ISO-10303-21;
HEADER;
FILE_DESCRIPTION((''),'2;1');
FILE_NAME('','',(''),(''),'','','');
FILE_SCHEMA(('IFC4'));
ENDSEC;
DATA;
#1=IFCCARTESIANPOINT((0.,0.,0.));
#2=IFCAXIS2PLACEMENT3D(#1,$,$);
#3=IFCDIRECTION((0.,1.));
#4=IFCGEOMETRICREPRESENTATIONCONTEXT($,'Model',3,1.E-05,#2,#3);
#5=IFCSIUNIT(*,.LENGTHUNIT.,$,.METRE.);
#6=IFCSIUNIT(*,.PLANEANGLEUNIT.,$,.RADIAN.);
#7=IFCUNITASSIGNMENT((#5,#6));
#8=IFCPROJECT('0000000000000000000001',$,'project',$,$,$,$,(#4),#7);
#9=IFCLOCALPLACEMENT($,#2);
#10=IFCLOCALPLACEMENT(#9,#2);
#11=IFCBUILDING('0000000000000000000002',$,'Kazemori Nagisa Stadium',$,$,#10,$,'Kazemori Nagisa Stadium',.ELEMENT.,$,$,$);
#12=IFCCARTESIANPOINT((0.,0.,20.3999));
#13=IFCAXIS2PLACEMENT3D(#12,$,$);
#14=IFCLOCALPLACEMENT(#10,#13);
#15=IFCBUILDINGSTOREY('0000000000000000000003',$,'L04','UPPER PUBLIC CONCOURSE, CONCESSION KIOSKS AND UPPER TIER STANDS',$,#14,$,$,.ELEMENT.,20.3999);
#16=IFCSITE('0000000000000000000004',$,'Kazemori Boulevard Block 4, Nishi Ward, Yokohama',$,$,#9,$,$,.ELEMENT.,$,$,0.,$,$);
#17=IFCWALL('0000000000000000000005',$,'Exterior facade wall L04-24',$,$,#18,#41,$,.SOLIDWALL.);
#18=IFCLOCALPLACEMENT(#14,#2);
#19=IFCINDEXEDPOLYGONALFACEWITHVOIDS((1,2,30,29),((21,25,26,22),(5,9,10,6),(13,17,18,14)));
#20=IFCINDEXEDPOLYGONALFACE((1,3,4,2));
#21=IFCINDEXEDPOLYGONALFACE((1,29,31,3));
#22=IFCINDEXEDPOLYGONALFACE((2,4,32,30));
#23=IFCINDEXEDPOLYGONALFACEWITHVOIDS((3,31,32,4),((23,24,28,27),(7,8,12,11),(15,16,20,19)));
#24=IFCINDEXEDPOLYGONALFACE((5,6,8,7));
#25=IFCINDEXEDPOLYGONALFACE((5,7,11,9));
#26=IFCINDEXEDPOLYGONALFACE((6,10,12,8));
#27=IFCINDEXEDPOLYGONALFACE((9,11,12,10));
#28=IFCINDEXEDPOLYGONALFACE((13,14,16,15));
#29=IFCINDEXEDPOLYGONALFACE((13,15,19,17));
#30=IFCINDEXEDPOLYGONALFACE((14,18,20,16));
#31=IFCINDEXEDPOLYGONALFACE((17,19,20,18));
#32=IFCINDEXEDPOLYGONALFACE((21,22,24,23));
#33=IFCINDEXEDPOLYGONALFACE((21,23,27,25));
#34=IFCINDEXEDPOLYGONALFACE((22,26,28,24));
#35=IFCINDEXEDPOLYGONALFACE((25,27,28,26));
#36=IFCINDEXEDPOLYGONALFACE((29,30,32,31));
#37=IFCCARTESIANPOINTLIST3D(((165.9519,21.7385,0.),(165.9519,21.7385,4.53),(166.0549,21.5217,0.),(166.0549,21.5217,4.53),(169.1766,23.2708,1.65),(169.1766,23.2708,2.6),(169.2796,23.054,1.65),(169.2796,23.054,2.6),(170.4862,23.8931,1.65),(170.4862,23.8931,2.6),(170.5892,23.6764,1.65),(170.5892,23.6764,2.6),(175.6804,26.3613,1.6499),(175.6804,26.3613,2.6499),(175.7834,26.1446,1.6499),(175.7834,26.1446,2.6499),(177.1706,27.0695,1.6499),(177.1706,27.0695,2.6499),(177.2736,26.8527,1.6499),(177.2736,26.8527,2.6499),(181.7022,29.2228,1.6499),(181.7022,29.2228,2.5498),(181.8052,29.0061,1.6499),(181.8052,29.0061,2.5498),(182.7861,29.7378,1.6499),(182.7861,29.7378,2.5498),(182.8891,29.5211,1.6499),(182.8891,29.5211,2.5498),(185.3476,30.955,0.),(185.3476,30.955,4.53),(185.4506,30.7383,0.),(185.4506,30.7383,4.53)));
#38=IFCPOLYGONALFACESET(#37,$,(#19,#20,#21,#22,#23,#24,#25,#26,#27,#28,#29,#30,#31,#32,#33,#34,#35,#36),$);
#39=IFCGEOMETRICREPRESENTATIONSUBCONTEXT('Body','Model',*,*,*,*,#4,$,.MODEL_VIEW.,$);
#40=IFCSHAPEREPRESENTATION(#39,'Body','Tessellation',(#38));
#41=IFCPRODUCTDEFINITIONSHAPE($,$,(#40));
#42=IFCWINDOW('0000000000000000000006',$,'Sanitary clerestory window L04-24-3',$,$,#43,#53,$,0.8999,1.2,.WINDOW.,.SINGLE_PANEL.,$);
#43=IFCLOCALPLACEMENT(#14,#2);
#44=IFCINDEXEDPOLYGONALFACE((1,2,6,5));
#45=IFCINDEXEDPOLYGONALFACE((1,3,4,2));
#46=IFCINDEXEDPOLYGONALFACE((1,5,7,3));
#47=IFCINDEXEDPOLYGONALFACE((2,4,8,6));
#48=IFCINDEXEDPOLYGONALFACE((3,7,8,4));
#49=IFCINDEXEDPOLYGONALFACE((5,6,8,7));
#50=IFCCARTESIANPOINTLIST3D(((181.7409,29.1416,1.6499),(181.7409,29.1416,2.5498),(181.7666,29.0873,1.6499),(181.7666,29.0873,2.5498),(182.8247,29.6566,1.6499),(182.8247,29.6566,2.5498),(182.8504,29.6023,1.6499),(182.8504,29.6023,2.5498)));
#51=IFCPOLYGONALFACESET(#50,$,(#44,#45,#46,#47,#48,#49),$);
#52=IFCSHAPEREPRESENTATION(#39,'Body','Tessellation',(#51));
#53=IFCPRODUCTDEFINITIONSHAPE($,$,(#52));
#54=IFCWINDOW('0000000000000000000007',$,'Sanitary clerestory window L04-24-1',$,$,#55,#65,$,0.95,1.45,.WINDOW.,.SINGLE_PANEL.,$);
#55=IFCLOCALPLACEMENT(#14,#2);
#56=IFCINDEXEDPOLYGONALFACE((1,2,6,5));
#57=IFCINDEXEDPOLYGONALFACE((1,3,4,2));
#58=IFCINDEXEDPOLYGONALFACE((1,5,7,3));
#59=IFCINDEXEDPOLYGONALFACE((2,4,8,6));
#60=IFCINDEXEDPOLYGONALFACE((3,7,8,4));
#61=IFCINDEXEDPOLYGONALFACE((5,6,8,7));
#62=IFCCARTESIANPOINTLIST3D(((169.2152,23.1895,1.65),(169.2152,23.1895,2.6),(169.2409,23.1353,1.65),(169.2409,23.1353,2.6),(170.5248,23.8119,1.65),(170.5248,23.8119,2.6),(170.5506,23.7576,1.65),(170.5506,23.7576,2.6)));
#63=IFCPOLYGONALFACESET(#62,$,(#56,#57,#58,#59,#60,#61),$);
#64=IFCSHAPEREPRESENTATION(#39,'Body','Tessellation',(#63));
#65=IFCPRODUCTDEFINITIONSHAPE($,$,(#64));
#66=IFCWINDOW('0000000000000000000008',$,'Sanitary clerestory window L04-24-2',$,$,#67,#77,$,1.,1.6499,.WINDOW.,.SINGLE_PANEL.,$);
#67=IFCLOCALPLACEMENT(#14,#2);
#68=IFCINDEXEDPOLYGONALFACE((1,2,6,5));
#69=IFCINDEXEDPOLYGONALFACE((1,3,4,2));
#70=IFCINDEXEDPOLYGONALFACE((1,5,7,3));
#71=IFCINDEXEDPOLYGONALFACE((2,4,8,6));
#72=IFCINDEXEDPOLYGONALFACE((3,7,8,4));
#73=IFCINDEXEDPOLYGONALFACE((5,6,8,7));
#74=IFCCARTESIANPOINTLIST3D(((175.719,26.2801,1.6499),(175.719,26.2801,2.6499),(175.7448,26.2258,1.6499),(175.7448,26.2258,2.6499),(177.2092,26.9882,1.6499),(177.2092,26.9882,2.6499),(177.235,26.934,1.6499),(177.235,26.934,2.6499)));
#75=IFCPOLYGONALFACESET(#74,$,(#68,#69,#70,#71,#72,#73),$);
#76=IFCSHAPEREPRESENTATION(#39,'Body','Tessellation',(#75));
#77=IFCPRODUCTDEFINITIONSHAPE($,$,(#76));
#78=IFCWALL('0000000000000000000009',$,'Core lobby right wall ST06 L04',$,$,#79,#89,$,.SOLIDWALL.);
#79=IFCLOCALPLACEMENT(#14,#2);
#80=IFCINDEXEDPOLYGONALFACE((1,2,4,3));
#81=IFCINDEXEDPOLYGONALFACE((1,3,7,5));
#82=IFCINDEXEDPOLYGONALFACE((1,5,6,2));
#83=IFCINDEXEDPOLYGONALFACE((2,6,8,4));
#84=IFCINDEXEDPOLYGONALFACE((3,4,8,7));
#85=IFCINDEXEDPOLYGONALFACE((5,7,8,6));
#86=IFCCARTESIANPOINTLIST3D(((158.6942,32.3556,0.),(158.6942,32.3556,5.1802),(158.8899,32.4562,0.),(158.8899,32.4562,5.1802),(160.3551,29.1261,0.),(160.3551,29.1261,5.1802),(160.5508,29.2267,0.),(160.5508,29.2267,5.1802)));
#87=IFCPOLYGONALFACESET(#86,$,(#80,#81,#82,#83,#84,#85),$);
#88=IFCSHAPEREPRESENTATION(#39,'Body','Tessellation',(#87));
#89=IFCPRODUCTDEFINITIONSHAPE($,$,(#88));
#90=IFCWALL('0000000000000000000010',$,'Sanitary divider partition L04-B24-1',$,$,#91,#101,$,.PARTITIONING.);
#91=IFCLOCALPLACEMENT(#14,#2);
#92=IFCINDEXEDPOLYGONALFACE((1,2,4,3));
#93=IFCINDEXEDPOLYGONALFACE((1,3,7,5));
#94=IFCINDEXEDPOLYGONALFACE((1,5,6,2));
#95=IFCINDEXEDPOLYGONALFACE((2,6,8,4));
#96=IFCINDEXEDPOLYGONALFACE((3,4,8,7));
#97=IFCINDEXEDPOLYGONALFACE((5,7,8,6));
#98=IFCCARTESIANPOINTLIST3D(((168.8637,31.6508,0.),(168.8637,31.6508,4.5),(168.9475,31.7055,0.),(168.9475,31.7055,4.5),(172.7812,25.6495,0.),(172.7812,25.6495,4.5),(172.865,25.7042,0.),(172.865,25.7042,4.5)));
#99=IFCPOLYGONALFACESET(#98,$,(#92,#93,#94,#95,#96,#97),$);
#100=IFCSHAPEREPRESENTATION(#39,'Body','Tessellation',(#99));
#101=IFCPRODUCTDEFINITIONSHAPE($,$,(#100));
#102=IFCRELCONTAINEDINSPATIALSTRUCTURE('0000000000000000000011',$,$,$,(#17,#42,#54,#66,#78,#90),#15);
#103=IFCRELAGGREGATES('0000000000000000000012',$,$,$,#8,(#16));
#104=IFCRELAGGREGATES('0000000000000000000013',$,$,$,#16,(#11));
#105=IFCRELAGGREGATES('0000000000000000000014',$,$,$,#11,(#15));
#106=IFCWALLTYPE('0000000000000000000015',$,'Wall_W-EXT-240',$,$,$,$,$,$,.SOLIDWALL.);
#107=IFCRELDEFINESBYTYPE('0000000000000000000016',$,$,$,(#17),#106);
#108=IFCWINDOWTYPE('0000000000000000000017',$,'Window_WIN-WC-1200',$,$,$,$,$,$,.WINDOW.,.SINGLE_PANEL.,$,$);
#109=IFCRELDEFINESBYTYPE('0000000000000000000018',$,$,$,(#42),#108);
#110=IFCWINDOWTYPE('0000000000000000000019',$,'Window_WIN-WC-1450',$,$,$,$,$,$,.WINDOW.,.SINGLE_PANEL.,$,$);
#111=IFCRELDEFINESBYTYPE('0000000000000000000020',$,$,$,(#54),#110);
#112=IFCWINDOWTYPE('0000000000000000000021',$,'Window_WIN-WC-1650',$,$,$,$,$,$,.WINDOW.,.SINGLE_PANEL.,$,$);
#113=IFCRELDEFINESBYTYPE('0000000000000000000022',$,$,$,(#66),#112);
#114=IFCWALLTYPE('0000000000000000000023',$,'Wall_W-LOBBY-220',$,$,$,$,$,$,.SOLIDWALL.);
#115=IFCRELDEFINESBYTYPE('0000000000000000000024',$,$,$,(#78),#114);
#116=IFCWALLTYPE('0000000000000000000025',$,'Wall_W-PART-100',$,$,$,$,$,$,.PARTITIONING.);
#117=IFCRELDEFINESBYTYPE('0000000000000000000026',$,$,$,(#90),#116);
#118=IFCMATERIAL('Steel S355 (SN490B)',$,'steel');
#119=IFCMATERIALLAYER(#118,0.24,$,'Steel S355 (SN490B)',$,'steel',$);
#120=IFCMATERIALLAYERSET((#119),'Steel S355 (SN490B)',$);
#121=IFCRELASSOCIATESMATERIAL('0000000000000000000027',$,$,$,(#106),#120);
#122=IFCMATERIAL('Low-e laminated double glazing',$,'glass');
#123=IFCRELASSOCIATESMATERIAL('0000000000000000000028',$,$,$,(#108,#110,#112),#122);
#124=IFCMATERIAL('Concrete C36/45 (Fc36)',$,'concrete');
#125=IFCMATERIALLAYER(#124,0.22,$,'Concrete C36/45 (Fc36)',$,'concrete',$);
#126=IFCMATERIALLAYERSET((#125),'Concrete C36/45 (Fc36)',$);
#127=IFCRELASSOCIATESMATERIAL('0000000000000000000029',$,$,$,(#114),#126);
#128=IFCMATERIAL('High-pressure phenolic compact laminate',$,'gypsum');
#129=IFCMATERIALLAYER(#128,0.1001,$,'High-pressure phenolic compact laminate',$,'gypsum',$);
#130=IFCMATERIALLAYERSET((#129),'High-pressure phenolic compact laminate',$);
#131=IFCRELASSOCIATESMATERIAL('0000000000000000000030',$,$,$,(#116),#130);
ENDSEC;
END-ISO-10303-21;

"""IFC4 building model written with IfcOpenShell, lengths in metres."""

from ifc_helpers import new_model, si_unit, direction, frame, frame_2d, origin, place, context, subcontext, project, spatial, rectangle, extrude, material, layer, layer_set, type_object, element, fill, save


model = new_model("IFC4")

# Units and contexts
model_context = context("Model", 3, precision=1e-05, world=origin(), true_north=direction((0.0, 1.0)))
body_context = subcontext(model_context, "Body", "Model", "MODEL_VIEW")
ifc_project = project(units=[si_unit("LENGTHUNIT", "METRE"), si_unit("PLANEANGLEUNIT", "RADIAN")], contexts=[model_context])

# Site, building, storey
site_placement = place(None, origin())
site = spatial("IfcSite", under=ifc_project, at=site_placement, Name="Kazemori Boulevard Block 4, Nishi Ward, Yokohama", CompositionType="ELEMENT", RefElevation=0.0)
building_placement = place(site_placement, origin())
building = spatial("IfcBuilding", under=site, at=building_placement, Name="Kazemori Nagisa Stadium", LongName="Kazemori Nagisa Stadium", CompositionType="ELEMENT")
storey_placement = place(building_placement, frame((0.0, 0.0, 20.3999)))
storey = spatial("IfcBuildingStorey", under=building, at=storey_placement, Name="L04", Description="UPPER PUBLIC CONCOURSE, CONCESSION KIOSKS AND UPPER TIER STANDS", CompositionType="ELEMENT", Elevation=20.3999)

# Shared definitions
ifc_material_1 = material(Name="Low-e laminated double glazing", Category="glass")

# Wall, openings, windows
ifc_material_2 = material(Name="Steel S355 (SN490B)", Category="steel")
ifc_layer_1 = layer(ifc_material_2, 0.24, Name="Steel S355 (SN490B)", Category="steel")
ifc_layer_set_1 = layer_set([ifc_layer_1], Name="Steel S355 (SN490B)")
wall_type_1 = type_object("IfcWallType", Name="Wall_W-EXT-240", PredefinedType="SOLIDWALL", material=ifc_layer_set_1)
wall_1_placement = place(storey_placement, frame((166.0034, 21.6301, 0.0), z_axis=(0.0, 0.0, 1.0), x_axis=(0.903213, 0.429192, 0.0)))
wall_1 = element("IfcWall", 1, at=wall_1_placement, inside=storey, type_object=wall_type_1, Name="Exterior facade wall L04-24", PredefinedType="SOLIDWALL", context=body_context, shape_type="SweptSolid", body=[
    extrude(rectangle(XDim=21.4741, YDim=0.24, at=frame_2d((10.7371, 0.0))), origin(), (0.0, 0.0, 1.0), 4.53),
])
opening_1_placement = place(wall_1_placement, frame((3.5701, 0.0, 1.6499)))
opening_1 = element("IfcOpeningElement", 2, at=opening_1_placement, cuts=wall_1, PredefinedType="OPENING", context=body_context, shape_type="SweptSolid", body=[
    extrude(rectangle(XDim=1.45, YDim=0.95, at=frame_2d((0.7251, 0.4751))), frame((0.0, 0.1299, 0.0), z_axis=(0.0, -1.0, 0.0), x_axis=(1.0, 0.0, 0.0)), (0.0, 0.0, 1.0), 0.26),
])
opening_2_placement = place(wall_1_placement, frame((10.771, 0.0, 1.6499)))
opening_2 = element("IfcOpeningElement", 3, at=opening_2_placement, cuts=wall_1, PredefinedType="OPENING", context=body_context, shape_type="SweptSolid", body=[
    extrude(rectangle(XDim=1.6499, YDim=1.0, at=frame_2d((0.825, 0.5))), frame((0.0, 0.1299, 0.0), z_axis=(0.0, -1.0, 0.0), x_axis=(1.0, 0.0, 0.0)), (0.0, 0.0, 1.0), 0.26),
])
opening_3_placement = place(wall_1_placement, frame((17.438, 0.0, 1.6499)))
opening_3 = element("IfcOpeningElement", 4, at=opening_3_placement, cuts=wall_1, PredefinedType="OPENING", context=body_context, shape_type="SweptSolid", body=[
    extrude(rectangle(XDim=1.2, YDim=0.8999, at=frame_2d((0.6001, 0.45))), frame((0.0, 0.1299, 0.0), z_axis=(0.0, -1.0, 0.0), x_axis=(1.0, 0.0, 0.0)), (0.0, 0.0, 1.0), 0.26),
])
window_type_1 = type_object("IfcWindowType", Name="Window_WIN-WC-1200", PartitioningType="SINGLE_PANEL", PredefinedType="WINDOW", material=ifc_material_1)
window_1_placement = place(opening_3_placement, origin())
window_1 = element("IfcWindow", 5, at=window_1_placement, inside=storey, type_object=window_type_1, Name="Sanitary clerestory window L04-24-3", OverallHeight=0.8999, OverallWidth=1.2, PartitioningType="SINGLE_PANEL", PredefinedType="WINDOW", context=body_context, shape_type="SweptSolid", body=[
    extrude(rectangle(XDim=1.2, YDim=0.8999, at=frame_2d((0.6001, 0.45))), frame((0.0, 0.03, 0.0), z_axis=(0.0, -1.0, 0.0), x_axis=(1.0, 0.0, 0.0)), (0.0, 0.0, 1.0), 0.0601),
])
fill(opening_3, window_1)
window_type_2 = type_object("IfcWindowType", Name="Window_WIN-WC-1450", PartitioningType="SINGLE_PANEL", PredefinedType="WINDOW", material=ifc_material_1)
window_2_placement = place(opening_1_placement, origin())
window_2 = element("IfcWindow", 6, at=window_2_placement, inside=storey, type_object=window_type_2, Name="Sanitary clerestory window L04-24-1", OverallHeight=0.95, OverallWidth=1.45, PartitioningType="SINGLE_PANEL", PredefinedType="WINDOW", context=body_context, shape_type="SweptSolid", body=[
    extrude(rectangle(XDim=1.45, YDim=0.95, at=frame_2d((0.7251, 0.4751))), frame((0.0, 0.03, 0.0), z_axis=(0.0, -1.0, 0.0), x_axis=(1.0, 0.0, 0.0)), (0.0, 0.0, 1.0), 0.0601),
])
fill(opening_1, window_2)
window_type_3 = type_object("IfcWindowType", Name="Window_WIN-WC-1650", PartitioningType="SINGLE_PANEL", PredefinedType="WINDOW", material=ifc_material_1)
window_3_placement = place(opening_2_placement, origin())
window_3 = element("IfcWindow", 7, at=window_3_placement, inside=storey, type_object=window_type_3, Name="Sanitary clerestory window L04-24-2", OverallHeight=1.0, OverallWidth=1.6499, PartitioningType="SINGLE_PANEL", PredefinedType="WINDOW", context=body_context, shape_type="SweptSolid", body=[
    extrude(rectangle(XDim=1.6499, YDim=1.0, at=frame_2d((0.825, 0.5))), frame((0.0, 0.03, 0.0), z_axis=(0.0, -1.0, 0.0), x_axis=(1.0, 0.0, 0.0)), (0.0, 0.0, 1.0), 0.0601),
])
fill(opening_2, window_3)

# Walls
ifc_material_3 = material(Name="Concrete C36/45 (Fc36)", Category="concrete")
ifc_layer_2 = layer(ifc_material_3, 0.22, Name="Concrete C36/45 (Fc36)", Category="concrete")
ifc_layer_set_2 = layer_set([ifc_layer_2], Name="Concrete C36/45 (Fc36)")
wall_type_2 = type_object("IfcWallType", Name="Wall_W-LOBBY-220", PredefinedType="SOLIDWALL", material=ifc_layer_set_2)
wall_2_placement = place(storey_placement, frame((158.792, 32.406, 0.0), z_axis=(0.0, 0.0, 1.0), x_axis=(0.45735, -0.889287, 0.0)))
element("IfcWall", 8, at=wall_2_placement, inside=storey, type_object=wall_type_2, Name="Core lobby right wall ST06 L04", PredefinedType="SOLIDWALL", context=body_context, shape_type="SweptSolid", body=[
    extrude(rectangle(XDim=3.6316, YDim=0.22, at=frame_2d((1.8159, 0.0))), origin(), (0.0, 0.0, 1.0), 5.1802),
])
ifc_material_4 = material(Name="High-pressure phenolic compact laminate", Category="gypsum")
ifc_layer_3 = layer(ifc_material_4, 0.1001, Name="High-pressure phenolic compact laminate", Category="gypsum")
ifc_layer_set_3 = layer_set([ifc_layer_3], Name="High-pressure phenolic compact laminate")
wall_type_3 = type_object("IfcWallType", Name="Wall_W-PART-100", PredefinedType="PARTITIONING", material=ifc_layer_set_3)
wall_3_placement = place(storey_placement, frame((168.9055, 31.6782, 0.0), z_axis=(0.0, 0.0, 1.0), x_axis=(0.546624, -0.837378, 0.0)))
element("IfcWall", 9, at=wall_3_placement, inside=storey, type_object=wall_type_3, Name="Sanitary divider partition L04-B24-1", PredefinedType="PARTITIONING", context=body_context, shape_type="SweptSolid", body=[
    extrude(rectangle(XDim=7.1667, YDim=0.1001, at=frame_2d((3.5835, 0.0))), origin(), (0.0, 0.0, 1.0), 4.5),
])

save(model, "model.ifc")
